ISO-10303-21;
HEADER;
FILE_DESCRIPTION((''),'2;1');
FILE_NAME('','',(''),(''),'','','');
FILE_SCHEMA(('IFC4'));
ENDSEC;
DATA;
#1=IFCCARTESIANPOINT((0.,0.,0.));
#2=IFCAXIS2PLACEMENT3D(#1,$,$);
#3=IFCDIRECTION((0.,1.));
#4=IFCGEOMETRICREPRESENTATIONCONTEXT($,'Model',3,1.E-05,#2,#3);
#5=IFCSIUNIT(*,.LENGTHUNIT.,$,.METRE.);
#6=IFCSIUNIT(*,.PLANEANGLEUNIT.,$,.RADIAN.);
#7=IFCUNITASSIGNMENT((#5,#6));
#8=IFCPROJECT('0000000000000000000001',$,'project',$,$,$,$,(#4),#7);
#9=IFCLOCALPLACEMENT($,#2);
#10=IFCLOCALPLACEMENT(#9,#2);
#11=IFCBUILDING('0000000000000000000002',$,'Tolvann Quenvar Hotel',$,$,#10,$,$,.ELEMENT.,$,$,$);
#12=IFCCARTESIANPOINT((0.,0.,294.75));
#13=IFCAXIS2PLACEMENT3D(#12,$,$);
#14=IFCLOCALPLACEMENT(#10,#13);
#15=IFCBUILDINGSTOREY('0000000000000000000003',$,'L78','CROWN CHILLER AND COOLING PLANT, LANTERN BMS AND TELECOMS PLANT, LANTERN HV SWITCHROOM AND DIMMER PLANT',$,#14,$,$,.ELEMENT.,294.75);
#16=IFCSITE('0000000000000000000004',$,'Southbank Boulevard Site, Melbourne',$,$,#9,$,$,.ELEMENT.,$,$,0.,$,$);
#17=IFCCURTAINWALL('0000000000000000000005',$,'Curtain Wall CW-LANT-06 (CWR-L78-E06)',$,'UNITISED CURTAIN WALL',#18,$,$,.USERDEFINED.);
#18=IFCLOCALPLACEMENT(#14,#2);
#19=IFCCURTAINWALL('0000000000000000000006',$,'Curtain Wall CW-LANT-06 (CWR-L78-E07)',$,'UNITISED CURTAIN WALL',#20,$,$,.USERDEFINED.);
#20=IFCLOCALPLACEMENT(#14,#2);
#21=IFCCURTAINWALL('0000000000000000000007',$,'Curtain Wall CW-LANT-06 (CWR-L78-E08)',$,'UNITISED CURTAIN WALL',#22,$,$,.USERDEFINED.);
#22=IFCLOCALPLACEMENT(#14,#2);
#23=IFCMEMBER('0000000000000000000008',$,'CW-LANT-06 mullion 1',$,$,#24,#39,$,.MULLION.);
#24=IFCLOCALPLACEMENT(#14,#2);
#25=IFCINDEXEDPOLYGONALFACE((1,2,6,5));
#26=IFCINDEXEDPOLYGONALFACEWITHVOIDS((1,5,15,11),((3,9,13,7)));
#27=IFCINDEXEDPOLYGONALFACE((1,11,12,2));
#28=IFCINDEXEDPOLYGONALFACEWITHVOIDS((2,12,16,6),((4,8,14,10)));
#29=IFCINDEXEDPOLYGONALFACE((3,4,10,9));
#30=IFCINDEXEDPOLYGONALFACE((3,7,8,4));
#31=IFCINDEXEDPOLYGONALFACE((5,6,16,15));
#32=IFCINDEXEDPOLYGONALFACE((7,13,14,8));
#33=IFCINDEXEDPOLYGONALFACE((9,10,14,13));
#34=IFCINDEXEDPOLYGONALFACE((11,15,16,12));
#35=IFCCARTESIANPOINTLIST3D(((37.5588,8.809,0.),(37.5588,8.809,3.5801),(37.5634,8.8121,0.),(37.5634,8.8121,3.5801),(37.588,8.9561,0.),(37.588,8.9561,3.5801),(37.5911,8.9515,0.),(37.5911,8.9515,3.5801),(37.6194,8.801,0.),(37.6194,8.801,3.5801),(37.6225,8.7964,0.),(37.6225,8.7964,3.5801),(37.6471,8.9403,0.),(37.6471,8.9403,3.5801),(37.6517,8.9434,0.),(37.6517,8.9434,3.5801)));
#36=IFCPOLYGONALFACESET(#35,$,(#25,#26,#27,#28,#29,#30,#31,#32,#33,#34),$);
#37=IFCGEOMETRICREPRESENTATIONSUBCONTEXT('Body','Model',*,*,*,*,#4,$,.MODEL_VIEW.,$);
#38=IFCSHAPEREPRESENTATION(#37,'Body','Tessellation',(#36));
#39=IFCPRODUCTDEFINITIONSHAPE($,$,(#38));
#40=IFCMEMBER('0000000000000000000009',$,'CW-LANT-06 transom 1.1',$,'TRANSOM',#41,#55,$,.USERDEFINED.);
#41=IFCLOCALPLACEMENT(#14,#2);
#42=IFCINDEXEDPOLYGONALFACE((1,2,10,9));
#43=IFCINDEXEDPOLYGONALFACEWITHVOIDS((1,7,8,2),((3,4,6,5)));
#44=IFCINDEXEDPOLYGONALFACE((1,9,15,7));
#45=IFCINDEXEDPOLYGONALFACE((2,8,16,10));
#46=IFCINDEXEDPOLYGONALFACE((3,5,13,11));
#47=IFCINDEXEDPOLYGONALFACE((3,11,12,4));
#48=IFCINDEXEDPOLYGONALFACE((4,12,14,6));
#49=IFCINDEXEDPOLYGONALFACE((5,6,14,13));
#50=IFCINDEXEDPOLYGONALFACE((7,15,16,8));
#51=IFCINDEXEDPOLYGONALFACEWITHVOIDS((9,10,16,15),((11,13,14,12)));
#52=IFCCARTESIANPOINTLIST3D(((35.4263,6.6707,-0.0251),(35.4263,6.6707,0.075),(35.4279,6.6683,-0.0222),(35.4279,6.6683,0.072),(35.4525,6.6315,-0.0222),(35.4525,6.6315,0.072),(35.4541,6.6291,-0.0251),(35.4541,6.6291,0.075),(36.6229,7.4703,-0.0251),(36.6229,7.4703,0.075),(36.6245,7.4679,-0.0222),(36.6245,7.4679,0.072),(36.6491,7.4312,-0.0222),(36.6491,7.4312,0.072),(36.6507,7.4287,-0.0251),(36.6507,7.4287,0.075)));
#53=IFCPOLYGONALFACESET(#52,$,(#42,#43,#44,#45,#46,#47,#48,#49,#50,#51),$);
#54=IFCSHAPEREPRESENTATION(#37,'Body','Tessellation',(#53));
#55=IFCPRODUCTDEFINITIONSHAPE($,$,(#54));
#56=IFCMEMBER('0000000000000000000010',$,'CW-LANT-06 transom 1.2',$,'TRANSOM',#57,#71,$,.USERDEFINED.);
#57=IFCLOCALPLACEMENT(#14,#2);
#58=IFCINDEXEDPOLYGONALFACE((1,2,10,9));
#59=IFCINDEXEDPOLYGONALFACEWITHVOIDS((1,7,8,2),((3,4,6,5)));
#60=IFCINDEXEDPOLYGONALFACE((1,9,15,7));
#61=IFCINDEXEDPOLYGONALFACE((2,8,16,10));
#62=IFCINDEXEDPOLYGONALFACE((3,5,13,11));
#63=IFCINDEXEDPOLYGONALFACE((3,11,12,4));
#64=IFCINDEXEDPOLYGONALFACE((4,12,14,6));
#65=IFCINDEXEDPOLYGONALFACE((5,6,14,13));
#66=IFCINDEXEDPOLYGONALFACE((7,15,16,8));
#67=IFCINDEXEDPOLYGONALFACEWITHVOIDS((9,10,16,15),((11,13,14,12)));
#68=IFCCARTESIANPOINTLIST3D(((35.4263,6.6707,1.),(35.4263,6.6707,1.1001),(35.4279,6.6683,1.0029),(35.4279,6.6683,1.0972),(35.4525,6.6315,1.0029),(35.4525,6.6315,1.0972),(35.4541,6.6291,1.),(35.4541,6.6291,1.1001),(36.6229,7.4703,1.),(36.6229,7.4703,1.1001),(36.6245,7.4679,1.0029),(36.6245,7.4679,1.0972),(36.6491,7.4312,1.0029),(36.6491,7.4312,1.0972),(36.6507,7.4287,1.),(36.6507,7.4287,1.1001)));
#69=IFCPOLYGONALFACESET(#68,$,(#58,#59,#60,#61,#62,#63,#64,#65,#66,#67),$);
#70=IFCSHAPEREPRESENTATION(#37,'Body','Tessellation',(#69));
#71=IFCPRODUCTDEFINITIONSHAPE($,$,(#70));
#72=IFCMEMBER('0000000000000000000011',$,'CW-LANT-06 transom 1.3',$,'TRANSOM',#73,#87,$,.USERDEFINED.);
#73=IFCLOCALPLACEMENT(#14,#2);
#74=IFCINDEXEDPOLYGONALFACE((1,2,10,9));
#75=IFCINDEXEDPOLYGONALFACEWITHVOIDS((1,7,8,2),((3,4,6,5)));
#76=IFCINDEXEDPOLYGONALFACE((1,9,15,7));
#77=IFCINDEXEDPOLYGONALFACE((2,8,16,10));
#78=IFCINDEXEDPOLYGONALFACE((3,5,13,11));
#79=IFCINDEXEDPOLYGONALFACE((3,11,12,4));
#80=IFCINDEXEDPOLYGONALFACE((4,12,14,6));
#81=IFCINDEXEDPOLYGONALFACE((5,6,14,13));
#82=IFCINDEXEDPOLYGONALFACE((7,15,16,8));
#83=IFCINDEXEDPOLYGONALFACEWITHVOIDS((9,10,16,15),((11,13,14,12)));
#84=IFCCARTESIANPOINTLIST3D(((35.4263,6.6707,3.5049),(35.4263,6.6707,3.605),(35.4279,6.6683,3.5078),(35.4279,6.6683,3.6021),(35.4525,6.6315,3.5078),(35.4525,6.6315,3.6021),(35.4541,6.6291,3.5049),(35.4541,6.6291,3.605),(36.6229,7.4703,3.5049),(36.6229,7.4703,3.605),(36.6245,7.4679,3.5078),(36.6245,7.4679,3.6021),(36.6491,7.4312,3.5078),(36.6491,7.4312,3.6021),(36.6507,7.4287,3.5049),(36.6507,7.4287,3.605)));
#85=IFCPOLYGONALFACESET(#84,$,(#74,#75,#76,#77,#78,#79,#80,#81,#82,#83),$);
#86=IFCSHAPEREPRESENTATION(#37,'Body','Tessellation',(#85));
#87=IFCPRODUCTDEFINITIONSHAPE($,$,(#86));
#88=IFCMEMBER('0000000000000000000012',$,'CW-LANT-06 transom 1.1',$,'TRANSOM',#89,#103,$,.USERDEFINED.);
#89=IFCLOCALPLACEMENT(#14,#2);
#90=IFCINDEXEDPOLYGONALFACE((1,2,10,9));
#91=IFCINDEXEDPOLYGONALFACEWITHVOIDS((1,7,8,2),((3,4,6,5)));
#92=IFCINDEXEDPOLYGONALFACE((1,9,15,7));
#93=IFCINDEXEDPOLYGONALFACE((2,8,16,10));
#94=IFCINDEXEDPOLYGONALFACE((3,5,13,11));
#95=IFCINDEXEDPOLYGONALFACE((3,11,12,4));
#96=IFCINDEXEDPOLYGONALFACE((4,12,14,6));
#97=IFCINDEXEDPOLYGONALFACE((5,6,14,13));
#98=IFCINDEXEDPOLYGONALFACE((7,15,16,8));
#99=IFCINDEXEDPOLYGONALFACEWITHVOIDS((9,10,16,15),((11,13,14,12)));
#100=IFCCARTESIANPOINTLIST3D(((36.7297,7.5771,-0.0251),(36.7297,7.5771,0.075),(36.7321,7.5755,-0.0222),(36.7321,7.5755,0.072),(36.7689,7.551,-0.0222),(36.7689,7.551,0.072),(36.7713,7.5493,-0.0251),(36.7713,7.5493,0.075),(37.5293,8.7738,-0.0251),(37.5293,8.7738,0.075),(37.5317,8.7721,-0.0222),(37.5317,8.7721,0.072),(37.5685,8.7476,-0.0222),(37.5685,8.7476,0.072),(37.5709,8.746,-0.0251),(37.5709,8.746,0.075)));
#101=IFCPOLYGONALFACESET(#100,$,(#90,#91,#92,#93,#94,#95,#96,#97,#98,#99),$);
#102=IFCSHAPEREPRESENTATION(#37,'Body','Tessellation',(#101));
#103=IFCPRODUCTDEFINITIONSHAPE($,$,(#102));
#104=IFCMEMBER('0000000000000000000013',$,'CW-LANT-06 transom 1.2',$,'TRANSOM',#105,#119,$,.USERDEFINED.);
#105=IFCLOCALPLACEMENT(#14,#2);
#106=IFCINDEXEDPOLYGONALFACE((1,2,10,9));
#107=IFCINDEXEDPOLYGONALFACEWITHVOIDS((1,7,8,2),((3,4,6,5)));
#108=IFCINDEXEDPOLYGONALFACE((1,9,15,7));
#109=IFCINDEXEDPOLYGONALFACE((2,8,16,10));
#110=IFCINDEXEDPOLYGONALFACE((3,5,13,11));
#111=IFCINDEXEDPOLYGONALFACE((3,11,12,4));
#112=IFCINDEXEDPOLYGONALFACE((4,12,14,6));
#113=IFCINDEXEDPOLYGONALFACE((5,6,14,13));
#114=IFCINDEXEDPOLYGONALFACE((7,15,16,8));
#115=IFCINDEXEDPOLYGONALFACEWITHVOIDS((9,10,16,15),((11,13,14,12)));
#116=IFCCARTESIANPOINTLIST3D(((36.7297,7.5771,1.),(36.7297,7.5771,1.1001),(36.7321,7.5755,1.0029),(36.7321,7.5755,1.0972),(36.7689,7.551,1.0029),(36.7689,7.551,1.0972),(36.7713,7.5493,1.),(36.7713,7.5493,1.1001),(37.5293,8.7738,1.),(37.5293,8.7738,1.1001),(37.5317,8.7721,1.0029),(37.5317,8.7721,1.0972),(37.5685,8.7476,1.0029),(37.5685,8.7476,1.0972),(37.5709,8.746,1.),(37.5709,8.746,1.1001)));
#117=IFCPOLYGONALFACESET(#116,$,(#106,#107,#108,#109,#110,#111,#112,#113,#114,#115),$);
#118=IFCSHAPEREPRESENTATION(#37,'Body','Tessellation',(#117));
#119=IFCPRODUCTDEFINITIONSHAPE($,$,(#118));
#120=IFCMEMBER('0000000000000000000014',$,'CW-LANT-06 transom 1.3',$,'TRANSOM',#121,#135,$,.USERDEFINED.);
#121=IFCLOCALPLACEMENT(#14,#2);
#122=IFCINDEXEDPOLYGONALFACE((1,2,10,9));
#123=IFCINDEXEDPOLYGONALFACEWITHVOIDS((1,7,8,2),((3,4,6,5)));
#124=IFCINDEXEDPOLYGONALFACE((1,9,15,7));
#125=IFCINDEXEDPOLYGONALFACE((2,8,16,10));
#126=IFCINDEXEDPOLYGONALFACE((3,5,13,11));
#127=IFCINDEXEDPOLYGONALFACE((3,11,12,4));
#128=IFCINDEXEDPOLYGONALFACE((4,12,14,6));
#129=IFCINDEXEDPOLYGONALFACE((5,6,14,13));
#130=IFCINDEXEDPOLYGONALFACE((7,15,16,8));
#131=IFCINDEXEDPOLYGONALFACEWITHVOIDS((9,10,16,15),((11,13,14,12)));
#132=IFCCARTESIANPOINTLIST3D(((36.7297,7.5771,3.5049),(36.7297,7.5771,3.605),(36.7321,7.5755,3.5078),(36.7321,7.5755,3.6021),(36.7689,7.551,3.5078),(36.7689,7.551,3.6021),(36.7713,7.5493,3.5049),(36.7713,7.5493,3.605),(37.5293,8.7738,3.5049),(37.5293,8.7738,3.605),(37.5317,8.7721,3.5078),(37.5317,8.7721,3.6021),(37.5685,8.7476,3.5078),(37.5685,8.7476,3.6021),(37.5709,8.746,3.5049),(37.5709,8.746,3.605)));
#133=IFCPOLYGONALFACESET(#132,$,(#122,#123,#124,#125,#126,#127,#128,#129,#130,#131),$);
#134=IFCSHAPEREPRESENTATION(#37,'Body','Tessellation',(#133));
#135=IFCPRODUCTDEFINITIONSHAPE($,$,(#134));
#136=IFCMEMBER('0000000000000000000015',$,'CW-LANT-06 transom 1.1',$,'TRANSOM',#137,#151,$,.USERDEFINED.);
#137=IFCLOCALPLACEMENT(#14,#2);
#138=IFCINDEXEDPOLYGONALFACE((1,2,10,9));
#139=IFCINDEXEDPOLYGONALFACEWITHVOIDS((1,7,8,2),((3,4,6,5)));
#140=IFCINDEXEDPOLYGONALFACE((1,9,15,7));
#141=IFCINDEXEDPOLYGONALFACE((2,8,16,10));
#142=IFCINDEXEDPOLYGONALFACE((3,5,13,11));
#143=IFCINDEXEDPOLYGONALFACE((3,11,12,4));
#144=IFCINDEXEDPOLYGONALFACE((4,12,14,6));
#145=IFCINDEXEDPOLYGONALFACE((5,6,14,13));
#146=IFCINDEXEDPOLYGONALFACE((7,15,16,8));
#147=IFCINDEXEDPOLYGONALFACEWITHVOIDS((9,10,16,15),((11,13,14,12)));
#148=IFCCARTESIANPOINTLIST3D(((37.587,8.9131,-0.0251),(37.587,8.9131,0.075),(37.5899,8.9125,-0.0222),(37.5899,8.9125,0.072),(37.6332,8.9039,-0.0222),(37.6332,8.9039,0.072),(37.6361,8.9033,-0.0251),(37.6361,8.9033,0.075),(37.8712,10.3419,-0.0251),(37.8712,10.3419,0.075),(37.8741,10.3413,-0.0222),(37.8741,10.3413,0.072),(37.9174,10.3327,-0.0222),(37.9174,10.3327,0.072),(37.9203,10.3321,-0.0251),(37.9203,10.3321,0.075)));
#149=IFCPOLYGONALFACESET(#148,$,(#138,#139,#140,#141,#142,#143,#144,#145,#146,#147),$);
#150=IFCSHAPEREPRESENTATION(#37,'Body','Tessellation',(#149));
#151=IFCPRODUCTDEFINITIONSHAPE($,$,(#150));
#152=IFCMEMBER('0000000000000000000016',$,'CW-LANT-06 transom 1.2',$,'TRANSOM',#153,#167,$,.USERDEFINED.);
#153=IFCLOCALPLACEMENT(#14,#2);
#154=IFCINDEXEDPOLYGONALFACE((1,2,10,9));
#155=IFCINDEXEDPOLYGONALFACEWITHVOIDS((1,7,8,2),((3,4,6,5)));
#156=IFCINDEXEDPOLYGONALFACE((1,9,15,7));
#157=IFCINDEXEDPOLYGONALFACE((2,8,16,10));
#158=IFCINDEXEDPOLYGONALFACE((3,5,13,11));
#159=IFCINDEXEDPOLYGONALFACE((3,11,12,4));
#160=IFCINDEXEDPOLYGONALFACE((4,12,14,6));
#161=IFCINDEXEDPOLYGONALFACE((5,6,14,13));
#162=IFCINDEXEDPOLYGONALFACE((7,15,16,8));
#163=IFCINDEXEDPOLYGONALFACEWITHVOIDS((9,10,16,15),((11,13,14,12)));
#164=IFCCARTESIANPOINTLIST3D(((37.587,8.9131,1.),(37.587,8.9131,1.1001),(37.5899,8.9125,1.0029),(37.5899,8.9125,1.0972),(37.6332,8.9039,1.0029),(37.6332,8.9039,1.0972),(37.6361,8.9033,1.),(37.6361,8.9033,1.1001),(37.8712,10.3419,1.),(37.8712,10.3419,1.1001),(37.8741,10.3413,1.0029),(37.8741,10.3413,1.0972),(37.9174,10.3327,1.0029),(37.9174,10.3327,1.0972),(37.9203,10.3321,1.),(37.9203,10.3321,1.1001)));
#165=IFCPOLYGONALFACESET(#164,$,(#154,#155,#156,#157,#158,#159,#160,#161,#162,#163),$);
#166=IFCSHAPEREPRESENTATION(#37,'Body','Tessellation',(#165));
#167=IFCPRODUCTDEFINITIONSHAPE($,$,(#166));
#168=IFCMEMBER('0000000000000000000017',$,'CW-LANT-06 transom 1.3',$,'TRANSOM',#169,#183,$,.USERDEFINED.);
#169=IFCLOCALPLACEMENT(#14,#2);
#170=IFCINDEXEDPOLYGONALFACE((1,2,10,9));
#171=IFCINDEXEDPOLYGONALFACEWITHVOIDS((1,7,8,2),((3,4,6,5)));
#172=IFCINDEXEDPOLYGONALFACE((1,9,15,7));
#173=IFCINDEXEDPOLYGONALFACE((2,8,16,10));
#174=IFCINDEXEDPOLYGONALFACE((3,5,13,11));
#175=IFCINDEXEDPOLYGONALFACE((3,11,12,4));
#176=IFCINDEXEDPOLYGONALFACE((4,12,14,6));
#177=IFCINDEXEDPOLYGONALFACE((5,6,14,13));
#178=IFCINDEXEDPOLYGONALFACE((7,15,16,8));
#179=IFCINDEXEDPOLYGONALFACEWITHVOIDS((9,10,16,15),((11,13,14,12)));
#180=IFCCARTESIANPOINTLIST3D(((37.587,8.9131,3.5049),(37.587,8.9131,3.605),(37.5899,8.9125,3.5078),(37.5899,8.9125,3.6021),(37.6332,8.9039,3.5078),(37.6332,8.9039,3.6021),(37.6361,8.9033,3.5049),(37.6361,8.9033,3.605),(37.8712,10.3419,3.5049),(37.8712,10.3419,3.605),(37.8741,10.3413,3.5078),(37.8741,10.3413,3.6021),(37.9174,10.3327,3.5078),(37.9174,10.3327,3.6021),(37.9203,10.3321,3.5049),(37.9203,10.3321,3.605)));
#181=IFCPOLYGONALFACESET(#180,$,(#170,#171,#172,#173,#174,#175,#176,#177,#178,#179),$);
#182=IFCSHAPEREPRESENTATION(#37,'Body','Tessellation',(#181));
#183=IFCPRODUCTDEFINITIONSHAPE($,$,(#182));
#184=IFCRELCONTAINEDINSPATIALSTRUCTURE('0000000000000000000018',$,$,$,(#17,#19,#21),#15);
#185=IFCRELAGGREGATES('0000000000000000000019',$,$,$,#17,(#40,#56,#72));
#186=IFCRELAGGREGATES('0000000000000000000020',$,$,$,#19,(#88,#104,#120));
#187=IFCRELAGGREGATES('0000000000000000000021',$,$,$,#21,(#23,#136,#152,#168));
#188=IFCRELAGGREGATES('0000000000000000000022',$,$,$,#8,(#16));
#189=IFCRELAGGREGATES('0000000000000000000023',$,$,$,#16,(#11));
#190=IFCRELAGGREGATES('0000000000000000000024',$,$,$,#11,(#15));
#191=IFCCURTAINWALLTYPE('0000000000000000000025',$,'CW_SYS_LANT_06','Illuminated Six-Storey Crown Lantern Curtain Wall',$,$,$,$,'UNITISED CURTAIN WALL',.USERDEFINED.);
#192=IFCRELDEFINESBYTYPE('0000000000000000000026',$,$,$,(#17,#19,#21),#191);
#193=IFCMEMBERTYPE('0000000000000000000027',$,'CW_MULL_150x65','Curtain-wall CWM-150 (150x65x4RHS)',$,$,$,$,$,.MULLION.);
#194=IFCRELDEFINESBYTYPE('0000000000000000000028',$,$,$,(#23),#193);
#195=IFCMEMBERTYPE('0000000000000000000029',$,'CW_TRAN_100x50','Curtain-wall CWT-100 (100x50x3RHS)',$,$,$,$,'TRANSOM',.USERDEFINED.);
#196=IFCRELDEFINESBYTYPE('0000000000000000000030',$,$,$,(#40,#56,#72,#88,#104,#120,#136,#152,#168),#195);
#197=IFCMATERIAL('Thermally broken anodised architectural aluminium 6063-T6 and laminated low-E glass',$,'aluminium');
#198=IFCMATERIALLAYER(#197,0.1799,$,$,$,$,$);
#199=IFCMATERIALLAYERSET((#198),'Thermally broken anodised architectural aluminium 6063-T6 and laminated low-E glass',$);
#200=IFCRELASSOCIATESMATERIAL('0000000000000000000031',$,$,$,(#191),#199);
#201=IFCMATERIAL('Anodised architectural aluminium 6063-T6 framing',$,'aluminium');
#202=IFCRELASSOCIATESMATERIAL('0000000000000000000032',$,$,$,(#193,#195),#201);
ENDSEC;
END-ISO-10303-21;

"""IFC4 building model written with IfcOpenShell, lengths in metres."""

from ifc_helpers import new_model, si_unit, direction, frame, origin, origin_2d, place, context, subcontext, project, spatial, hollow_rectangle, extrude, source, transform, mapped, material, layer, layer_set, material_profile, profile_set, type_object, type_shapes, element, aggregate, save


model = new_model("IFC4")

# Units and contexts
model_context = context("Model", 3, precision=1e-05, world=origin(), true_north=direction((0.0, 1.0)))
body_context = subcontext(model_context, "Body", "Model", "MODEL_VIEW")
ifc_project = project(units=[si_unit("LENGTHUNIT", "METRE"), si_unit("PLANEANGLEUNIT", "RADIAN")], contexts=[model_context])

# Site, building, storey
site_placement = place(None, origin())
site = spatial("IfcSite", under=ifc_project, at=site_placement, Name="Southbank Boulevard Site, Melbourne", CompositionType="ELEMENT", RefElevation=0.0)
building_placement = place(site_placement, origin())
building = spatial("IfcBuilding", under=site, at=building_placement, Name="Tolvann Quenvar Hotel", CompositionType="ELEMENT")
storey_placement = place(building_placement, frame((0.0, 0.0, 294.75)))
storey = spatial("IfcBuildingStorey", under=building, at=storey_placement, Name="L78", Description="CROWN CHILLER AND COOLING PLANT, LANTERN BMS AND TELECOMS PLANT, LANTERN HV SWITCHROOM AND DIMMER PLANT", CompositionType="ELEMENT", Elevation=294.75)

# Shared definitions
ifc_material_1 = material(Name="Thermally broken anodised architectural aluminium 6063-T6 and laminated low-E glass", Category="aluminium")
ifc_layer_1 = layer(ifc_material_1, 0.1799)
ifc_layer_set_1 = layer_set([ifc_layer_1], Name="Thermally broken anodised architectural aluminium 6063-T6 and laminated low-E glass")
curtain_wall_type = type_object("IfcCurtainWallType", Name="CW_SYS_LANT_06", Description="Illuminated Six-Storey Crown Lantern Curtain Wall", ElementType="UNITISED CURTAIN WALL", PredefinedType="USERDEFINED", material=ifc_layer_set_1)
ifc_material_2 = material(Name="Anodised architectural aluminium 6063-T6 framing", Category="aluminium")
ifc_material_profile_1 = material_profile(ifc_material_2, hollow_rectangle(XDim=0.0649, YDim=0.1499, WallThickness=0.0039, at=origin_2d()), Name="150x65x4RHS")
ifc_profile_set_1 = profile_set([ifc_material_profile_1], Name="Anodised architectural aluminium 6063-T6 framing")
member_type_1 = type_object("IfcMemberType", Name="CW_MULL_150x65", Description="Curtain-wall CWM-150 (150x65x4RHS)", PredefinedType="MULLION", material=ifc_profile_set_1)
shared_shape_1 = source(origin(), body_context, "Body", "SweptSolid", [
    extrude(hollow_rectangle(XDim=0.0649, YDim=0.1499, WallThickness=0.0039, at=origin_2d()), origin(), (0.0, 0.0, 1.0), 3.5801),
])
type_shapes(member_type_1, [shared_shape_1])

# Curtain walls
curtain_wall_1_placement = place(storey_placement, origin())
curtain_wall_1 = element("IfcCurtainWall", 1, at=curtain_wall_1_placement, inside=storey, type_object=curtain_wall_type, Name="Curtain Wall CW-LANT-06 (CWR-L78-E06)", ObjectType="UNITISED CURTAIN WALL", PredefinedType="USERDEFINED")
curtain_wall_2_placement = place(storey_placement, origin())
curtain_wall_2 = element("IfcCurtainWall", 2, at=curtain_wall_2_placement, inside=storey, type_object=curtain_wall_type, Name="Curtain Wall CW-LANT-06 (CWR-L78-E07)", ObjectType="UNITISED CURTAIN WALL", PredefinedType="USERDEFINED")

# Curtain wall, member
curtain_wall_3_placement = place(storey_placement, origin())
curtain_wall_3 = element("IfcCurtainWall", 3, at=curtain_wall_3_placement, inside=storey, type_object=curtain_wall_type, Name="Curtain Wall CW-LANT-06 (CWR-L78-E08)", ObjectType="UNITISED CURTAIN WALL", PredefinedType="USERDEFINED")
member_1_placement = place(storey_placement, frame((37.6052, 8.8762, 0.0), z_axis=(0.0, 0.0, 1.0), x_axis=(-0.980791, 0.195062, 0.0)))
member_1 = element("IfcMember", 4, at=member_1_placement, type_object=member_type_1, Name="CW-LANT-06 mullion 1", PredefinedType="MULLION", context=body_context, shape_type="MappedRepresentation", body=[
    mapped(shared_shape_1, transform((0.0, 0.0, 0.0), x_axis=(1.0, 0.0, 0.0), y_axis=(0.0, 1.0, 0.0), z_axis=(0.0, 0.0, 1.0), scale=1.0)),
])

# Members
ifc_material_profile_2 = material_profile(ifc_material_2, hollow_rectangle(XDim=0.05, YDim=0.1001, WallThickness=0.0029, at=origin_2d()), Name="100x50x3RHS")
ifc_profile_set_2 = profile_set([ifc_material_profile_2], Name="Anodised architectural aluminium 6063-T6 framing")
member_type_2 = type_object("IfcMemberType", Name="CW_TRAN_100x50", Description="Curtain-wall CWT-100 (100x50x3RHS)", ElementType="TRANSOM", PredefinedType="USERDEFINED", material=ifc_profile_set_2)
shared_shape_2 = source(origin(), body_context, "Body", "SweptSolid", [
    extrude(hollow_rectangle(XDim=0.05, YDim=0.1001, WallThickness=0.0029, at=origin_2d()), origin(), (0.0, 0.0, 1.0), 1.4392),
])
member_2_placement = place(storey_placement, frame((35.4402, 6.6499, 0.0249), z_axis=(0.83145, 0.5556, 0.0), x_axis=(-0.5556, 0.83145, 0.0)))
member_2 = element("IfcMember", 5, at=member_2_placement, type_object=member_type_2, Name="CW-LANT-06 transom 1.1", ObjectType="TRANSOM", PredefinedType="USERDEFINED", context=body_context, shape_type="MappedRepresentation", body=[
    mapped(shared_shape_2, transform((0.0, 0.0, 0.0), x_axis=(1.0, 0.0, 0.0), y_axis=(0.0, 1.0, 0.0), z_axis=(0.0, 0.0, 1.0), scale=1.0)),
])
member_3_placement = place(storey_placement, frame((35.4402, 6.6499, 1.05), z_axis=(0.83145, 0.5556, 0.0), x_axis=(-0.5556, 0.83145, 0.0)))
member_3 = element("IfcMember", 6, at=member_3_placement, type_object=member_type_2, Name="CW-LANT-06 transom 1.2", ObjectType="TRANSOM", PredefinedType="USERDEFINED", context=body_context, shape_type="MappedRepresentation", body=[
    mapped(shared_shape_2, transform((0.0, 0.0, 0.0), x_axis=(1.0, 0.0, 0.0), y_axis=(0.0, 1.0, 0.0), z_axis=(0.0, 0.0, 1.0), scale=1.0)),
])
member_4_placement = place(storey_placement, frame((35.4402, 6.6499, 3.5549), z_axis=(0.83145, 0.5556, 0.0), x_axis=(-0.5556, 0.83145, 0.0)))
member_4 = element("IfcMember", 7, at=member_4_placement, type_object=member_type_2, Name="CW-LANT-06 transom 1.3", ObjectType="TRANSOM", PredefinedType="USERDEFINED", context=body_context, shape_type="MappedRepresentation", body=[
    mapped(shared_shape_2, transform((0.0, 0.0, 0.0), x_axis=(1.0, 0.0, 0.0), y_axis=(0.0, 1.0, 0.0), z_axis=(0.0, 0.0, 1.0), scale=1.0)),
])
member_5_placement = place(storey_placement, frame((36.7505, 7.5632, 0.0249), z_axis=(0.5556, 0.83145, 0.0), x_axis=(-0.83145, 0.5556, 0.0)))
member_5 = element("IfcMember", 8, at=member_5_placement, type_object=member_type_2, Name="CW-LANT-06 transom 1.1", ObjectType="TRANSOM", PredefinedType="USERDEFINED", context=body_context, shape_type="MappedRepresentation", body=[
    mapped(shared_shape_2, transform((0.0, 0.0, 0.0), x_axis=(1.0, 0.0, 0.0), y_axis=(0.0, 1.0, 0.0), z_axis=(0.0, 0.0, 1.0), scale=1.0)),
])
member_6_placement = place(storey_placement, frame((36.7505, 7.5632, 1.05), z_axis=(0.5556, 0.83145, 0.0), x_axis=(-0.83145, 0.5556, 0.0)))
member_6 = element("IfcMember", 9, at=member_6_placement, type_object=member_type_2, Name="CW-LANT-06 transom 1.2", ObjectType="TRANSOM", PredefinedType="USERDEFINED", context=body_context, shape_type="MappedRepresentation", body=[
    mapped(shared_shape_2, transform((0.0, 0.0, 0.0), x_axis=(1.0, 0.0, 0.0), y_axis=(0.0, 1.0, 0.0), z_axis=(0.0, 0.0, 1.0), scale=1.0)),
])
member_7_placement = place(storey_placement, frame((36.7505, 7.5632, 3.5549), z_axis=(0.5556, 0.83145, 0.0), x_axis=(-0.83145, 0.5556, 0.0)))
member_7 = element("IfcMember", 10, at=member_7_placement, type_object=member_type_2, Name="CW-LANT-06 transom 1.3", ObjectType="TRANSOM", PredefinedType="USERDEFINED", context=body_context, shape_type="MappedRepresentation", body=[
    mapped(shared_shape_2, transform((0.0, 0.0, 0.0), x_axis=(1.0, 0.0, 0.0), y_axis=(0.0, 1.0, 0.0), z_axis=(0.0, 0.0, 1.0), scale=1.0)),
])
shared_shape_3 = source(origin(), body_context, "Body", "SweptSolid", [
    extrude(hollow_rectangle(XDim=0.05, YDim=0.1001, WallThickness=0.0029, at=origin_2d()), origin(), (0.0, 0.0, 1.0), 1.4568),
])
type_shapes(member_type_2, [shared_shape_2, shared_shape_3])
member_8_placement = place(storey_placement, frame((37.6116, 8.9082, 0.0249), z_axis=(0.195085, 0.980786, 0.0), x_axis=(-0.980786, 0.195085, 0.0)))
member_8 = element("IfcMember", 11, at=member_8_placement, type_object=member_type_2, Name="CW-LANT-06 transom 1.1", ObjectType="TRANSOM", PredefinedType="USERDEFINED", context=body_context, shape_type="MappedRepresentation", body=[
    mapped(shared_shape_3, transform((0.0, 0.0, 0.0), x_axis=(1.0, 0.0, 0.0), y_axis=(0.0, 1.0, 0.0), z_axis=(0.0, 0.0, 1.0), scale=1.0)),
])
member_9_placement = place(storey_placement, frame((37.6116, 8.9082, 1.05), z_axis=(0.195085, 0.980786, 0.0), x_axis=(-0.980786, 0.195085, 0.0)))
member_9 = element("IfcMember", 12, at=member_9_placement, type_object=member_type_2, Name="CW-LANT-06 transom 1.2", ObjectType="TRANSOM", PredefinedType="USERDEFINED", context=body_context, shape_type="MappedRepresentation", body=[
    mapped(shared_shape_3, transform((0.0, 0.0, 0.0), x_axis=(1.0, 0.0, 0.0), y_axis=(0.0, 1.0, 0.0), z_axis=(0.0, 0.0, 1.0), scale=1.0)),
])
member_10_placement = place(storey_placement, frame((37.6116, 8.9082, 3.5549), z_axis=(0.195085, 0.980786, 0.0), x_axis=(-0.980786, 0.195085, 0.0)))
member_10 = element("IfcMember", 13, at=member_10_placement, type_object=member_type_2, Name="CW-LANT-06 transom 1.3", ObjectType="TRANSOM", PredefinedType="USERDEFINED", context=body_context, shape_type="MappedRepresentation", body=[
    mapped(shared_shape_3, transform((0.0, 0.0, 0.0), x_axis=(1.0, 0.0, 0.0), y_axis=(0.0, 1.0, 0.0), z_axis=(0.0, 0.0, 1.0), scale=1.0)),
])

aggregate(curtain_wall_1, [member_2, member_3, member_4])
aggregate(curtain_wall_2, [member_5, member_6, member_7])
aggregate(curtain_wall_3, [member_1, member_8, member_9, member_10])

save(model, "model.ifc")
